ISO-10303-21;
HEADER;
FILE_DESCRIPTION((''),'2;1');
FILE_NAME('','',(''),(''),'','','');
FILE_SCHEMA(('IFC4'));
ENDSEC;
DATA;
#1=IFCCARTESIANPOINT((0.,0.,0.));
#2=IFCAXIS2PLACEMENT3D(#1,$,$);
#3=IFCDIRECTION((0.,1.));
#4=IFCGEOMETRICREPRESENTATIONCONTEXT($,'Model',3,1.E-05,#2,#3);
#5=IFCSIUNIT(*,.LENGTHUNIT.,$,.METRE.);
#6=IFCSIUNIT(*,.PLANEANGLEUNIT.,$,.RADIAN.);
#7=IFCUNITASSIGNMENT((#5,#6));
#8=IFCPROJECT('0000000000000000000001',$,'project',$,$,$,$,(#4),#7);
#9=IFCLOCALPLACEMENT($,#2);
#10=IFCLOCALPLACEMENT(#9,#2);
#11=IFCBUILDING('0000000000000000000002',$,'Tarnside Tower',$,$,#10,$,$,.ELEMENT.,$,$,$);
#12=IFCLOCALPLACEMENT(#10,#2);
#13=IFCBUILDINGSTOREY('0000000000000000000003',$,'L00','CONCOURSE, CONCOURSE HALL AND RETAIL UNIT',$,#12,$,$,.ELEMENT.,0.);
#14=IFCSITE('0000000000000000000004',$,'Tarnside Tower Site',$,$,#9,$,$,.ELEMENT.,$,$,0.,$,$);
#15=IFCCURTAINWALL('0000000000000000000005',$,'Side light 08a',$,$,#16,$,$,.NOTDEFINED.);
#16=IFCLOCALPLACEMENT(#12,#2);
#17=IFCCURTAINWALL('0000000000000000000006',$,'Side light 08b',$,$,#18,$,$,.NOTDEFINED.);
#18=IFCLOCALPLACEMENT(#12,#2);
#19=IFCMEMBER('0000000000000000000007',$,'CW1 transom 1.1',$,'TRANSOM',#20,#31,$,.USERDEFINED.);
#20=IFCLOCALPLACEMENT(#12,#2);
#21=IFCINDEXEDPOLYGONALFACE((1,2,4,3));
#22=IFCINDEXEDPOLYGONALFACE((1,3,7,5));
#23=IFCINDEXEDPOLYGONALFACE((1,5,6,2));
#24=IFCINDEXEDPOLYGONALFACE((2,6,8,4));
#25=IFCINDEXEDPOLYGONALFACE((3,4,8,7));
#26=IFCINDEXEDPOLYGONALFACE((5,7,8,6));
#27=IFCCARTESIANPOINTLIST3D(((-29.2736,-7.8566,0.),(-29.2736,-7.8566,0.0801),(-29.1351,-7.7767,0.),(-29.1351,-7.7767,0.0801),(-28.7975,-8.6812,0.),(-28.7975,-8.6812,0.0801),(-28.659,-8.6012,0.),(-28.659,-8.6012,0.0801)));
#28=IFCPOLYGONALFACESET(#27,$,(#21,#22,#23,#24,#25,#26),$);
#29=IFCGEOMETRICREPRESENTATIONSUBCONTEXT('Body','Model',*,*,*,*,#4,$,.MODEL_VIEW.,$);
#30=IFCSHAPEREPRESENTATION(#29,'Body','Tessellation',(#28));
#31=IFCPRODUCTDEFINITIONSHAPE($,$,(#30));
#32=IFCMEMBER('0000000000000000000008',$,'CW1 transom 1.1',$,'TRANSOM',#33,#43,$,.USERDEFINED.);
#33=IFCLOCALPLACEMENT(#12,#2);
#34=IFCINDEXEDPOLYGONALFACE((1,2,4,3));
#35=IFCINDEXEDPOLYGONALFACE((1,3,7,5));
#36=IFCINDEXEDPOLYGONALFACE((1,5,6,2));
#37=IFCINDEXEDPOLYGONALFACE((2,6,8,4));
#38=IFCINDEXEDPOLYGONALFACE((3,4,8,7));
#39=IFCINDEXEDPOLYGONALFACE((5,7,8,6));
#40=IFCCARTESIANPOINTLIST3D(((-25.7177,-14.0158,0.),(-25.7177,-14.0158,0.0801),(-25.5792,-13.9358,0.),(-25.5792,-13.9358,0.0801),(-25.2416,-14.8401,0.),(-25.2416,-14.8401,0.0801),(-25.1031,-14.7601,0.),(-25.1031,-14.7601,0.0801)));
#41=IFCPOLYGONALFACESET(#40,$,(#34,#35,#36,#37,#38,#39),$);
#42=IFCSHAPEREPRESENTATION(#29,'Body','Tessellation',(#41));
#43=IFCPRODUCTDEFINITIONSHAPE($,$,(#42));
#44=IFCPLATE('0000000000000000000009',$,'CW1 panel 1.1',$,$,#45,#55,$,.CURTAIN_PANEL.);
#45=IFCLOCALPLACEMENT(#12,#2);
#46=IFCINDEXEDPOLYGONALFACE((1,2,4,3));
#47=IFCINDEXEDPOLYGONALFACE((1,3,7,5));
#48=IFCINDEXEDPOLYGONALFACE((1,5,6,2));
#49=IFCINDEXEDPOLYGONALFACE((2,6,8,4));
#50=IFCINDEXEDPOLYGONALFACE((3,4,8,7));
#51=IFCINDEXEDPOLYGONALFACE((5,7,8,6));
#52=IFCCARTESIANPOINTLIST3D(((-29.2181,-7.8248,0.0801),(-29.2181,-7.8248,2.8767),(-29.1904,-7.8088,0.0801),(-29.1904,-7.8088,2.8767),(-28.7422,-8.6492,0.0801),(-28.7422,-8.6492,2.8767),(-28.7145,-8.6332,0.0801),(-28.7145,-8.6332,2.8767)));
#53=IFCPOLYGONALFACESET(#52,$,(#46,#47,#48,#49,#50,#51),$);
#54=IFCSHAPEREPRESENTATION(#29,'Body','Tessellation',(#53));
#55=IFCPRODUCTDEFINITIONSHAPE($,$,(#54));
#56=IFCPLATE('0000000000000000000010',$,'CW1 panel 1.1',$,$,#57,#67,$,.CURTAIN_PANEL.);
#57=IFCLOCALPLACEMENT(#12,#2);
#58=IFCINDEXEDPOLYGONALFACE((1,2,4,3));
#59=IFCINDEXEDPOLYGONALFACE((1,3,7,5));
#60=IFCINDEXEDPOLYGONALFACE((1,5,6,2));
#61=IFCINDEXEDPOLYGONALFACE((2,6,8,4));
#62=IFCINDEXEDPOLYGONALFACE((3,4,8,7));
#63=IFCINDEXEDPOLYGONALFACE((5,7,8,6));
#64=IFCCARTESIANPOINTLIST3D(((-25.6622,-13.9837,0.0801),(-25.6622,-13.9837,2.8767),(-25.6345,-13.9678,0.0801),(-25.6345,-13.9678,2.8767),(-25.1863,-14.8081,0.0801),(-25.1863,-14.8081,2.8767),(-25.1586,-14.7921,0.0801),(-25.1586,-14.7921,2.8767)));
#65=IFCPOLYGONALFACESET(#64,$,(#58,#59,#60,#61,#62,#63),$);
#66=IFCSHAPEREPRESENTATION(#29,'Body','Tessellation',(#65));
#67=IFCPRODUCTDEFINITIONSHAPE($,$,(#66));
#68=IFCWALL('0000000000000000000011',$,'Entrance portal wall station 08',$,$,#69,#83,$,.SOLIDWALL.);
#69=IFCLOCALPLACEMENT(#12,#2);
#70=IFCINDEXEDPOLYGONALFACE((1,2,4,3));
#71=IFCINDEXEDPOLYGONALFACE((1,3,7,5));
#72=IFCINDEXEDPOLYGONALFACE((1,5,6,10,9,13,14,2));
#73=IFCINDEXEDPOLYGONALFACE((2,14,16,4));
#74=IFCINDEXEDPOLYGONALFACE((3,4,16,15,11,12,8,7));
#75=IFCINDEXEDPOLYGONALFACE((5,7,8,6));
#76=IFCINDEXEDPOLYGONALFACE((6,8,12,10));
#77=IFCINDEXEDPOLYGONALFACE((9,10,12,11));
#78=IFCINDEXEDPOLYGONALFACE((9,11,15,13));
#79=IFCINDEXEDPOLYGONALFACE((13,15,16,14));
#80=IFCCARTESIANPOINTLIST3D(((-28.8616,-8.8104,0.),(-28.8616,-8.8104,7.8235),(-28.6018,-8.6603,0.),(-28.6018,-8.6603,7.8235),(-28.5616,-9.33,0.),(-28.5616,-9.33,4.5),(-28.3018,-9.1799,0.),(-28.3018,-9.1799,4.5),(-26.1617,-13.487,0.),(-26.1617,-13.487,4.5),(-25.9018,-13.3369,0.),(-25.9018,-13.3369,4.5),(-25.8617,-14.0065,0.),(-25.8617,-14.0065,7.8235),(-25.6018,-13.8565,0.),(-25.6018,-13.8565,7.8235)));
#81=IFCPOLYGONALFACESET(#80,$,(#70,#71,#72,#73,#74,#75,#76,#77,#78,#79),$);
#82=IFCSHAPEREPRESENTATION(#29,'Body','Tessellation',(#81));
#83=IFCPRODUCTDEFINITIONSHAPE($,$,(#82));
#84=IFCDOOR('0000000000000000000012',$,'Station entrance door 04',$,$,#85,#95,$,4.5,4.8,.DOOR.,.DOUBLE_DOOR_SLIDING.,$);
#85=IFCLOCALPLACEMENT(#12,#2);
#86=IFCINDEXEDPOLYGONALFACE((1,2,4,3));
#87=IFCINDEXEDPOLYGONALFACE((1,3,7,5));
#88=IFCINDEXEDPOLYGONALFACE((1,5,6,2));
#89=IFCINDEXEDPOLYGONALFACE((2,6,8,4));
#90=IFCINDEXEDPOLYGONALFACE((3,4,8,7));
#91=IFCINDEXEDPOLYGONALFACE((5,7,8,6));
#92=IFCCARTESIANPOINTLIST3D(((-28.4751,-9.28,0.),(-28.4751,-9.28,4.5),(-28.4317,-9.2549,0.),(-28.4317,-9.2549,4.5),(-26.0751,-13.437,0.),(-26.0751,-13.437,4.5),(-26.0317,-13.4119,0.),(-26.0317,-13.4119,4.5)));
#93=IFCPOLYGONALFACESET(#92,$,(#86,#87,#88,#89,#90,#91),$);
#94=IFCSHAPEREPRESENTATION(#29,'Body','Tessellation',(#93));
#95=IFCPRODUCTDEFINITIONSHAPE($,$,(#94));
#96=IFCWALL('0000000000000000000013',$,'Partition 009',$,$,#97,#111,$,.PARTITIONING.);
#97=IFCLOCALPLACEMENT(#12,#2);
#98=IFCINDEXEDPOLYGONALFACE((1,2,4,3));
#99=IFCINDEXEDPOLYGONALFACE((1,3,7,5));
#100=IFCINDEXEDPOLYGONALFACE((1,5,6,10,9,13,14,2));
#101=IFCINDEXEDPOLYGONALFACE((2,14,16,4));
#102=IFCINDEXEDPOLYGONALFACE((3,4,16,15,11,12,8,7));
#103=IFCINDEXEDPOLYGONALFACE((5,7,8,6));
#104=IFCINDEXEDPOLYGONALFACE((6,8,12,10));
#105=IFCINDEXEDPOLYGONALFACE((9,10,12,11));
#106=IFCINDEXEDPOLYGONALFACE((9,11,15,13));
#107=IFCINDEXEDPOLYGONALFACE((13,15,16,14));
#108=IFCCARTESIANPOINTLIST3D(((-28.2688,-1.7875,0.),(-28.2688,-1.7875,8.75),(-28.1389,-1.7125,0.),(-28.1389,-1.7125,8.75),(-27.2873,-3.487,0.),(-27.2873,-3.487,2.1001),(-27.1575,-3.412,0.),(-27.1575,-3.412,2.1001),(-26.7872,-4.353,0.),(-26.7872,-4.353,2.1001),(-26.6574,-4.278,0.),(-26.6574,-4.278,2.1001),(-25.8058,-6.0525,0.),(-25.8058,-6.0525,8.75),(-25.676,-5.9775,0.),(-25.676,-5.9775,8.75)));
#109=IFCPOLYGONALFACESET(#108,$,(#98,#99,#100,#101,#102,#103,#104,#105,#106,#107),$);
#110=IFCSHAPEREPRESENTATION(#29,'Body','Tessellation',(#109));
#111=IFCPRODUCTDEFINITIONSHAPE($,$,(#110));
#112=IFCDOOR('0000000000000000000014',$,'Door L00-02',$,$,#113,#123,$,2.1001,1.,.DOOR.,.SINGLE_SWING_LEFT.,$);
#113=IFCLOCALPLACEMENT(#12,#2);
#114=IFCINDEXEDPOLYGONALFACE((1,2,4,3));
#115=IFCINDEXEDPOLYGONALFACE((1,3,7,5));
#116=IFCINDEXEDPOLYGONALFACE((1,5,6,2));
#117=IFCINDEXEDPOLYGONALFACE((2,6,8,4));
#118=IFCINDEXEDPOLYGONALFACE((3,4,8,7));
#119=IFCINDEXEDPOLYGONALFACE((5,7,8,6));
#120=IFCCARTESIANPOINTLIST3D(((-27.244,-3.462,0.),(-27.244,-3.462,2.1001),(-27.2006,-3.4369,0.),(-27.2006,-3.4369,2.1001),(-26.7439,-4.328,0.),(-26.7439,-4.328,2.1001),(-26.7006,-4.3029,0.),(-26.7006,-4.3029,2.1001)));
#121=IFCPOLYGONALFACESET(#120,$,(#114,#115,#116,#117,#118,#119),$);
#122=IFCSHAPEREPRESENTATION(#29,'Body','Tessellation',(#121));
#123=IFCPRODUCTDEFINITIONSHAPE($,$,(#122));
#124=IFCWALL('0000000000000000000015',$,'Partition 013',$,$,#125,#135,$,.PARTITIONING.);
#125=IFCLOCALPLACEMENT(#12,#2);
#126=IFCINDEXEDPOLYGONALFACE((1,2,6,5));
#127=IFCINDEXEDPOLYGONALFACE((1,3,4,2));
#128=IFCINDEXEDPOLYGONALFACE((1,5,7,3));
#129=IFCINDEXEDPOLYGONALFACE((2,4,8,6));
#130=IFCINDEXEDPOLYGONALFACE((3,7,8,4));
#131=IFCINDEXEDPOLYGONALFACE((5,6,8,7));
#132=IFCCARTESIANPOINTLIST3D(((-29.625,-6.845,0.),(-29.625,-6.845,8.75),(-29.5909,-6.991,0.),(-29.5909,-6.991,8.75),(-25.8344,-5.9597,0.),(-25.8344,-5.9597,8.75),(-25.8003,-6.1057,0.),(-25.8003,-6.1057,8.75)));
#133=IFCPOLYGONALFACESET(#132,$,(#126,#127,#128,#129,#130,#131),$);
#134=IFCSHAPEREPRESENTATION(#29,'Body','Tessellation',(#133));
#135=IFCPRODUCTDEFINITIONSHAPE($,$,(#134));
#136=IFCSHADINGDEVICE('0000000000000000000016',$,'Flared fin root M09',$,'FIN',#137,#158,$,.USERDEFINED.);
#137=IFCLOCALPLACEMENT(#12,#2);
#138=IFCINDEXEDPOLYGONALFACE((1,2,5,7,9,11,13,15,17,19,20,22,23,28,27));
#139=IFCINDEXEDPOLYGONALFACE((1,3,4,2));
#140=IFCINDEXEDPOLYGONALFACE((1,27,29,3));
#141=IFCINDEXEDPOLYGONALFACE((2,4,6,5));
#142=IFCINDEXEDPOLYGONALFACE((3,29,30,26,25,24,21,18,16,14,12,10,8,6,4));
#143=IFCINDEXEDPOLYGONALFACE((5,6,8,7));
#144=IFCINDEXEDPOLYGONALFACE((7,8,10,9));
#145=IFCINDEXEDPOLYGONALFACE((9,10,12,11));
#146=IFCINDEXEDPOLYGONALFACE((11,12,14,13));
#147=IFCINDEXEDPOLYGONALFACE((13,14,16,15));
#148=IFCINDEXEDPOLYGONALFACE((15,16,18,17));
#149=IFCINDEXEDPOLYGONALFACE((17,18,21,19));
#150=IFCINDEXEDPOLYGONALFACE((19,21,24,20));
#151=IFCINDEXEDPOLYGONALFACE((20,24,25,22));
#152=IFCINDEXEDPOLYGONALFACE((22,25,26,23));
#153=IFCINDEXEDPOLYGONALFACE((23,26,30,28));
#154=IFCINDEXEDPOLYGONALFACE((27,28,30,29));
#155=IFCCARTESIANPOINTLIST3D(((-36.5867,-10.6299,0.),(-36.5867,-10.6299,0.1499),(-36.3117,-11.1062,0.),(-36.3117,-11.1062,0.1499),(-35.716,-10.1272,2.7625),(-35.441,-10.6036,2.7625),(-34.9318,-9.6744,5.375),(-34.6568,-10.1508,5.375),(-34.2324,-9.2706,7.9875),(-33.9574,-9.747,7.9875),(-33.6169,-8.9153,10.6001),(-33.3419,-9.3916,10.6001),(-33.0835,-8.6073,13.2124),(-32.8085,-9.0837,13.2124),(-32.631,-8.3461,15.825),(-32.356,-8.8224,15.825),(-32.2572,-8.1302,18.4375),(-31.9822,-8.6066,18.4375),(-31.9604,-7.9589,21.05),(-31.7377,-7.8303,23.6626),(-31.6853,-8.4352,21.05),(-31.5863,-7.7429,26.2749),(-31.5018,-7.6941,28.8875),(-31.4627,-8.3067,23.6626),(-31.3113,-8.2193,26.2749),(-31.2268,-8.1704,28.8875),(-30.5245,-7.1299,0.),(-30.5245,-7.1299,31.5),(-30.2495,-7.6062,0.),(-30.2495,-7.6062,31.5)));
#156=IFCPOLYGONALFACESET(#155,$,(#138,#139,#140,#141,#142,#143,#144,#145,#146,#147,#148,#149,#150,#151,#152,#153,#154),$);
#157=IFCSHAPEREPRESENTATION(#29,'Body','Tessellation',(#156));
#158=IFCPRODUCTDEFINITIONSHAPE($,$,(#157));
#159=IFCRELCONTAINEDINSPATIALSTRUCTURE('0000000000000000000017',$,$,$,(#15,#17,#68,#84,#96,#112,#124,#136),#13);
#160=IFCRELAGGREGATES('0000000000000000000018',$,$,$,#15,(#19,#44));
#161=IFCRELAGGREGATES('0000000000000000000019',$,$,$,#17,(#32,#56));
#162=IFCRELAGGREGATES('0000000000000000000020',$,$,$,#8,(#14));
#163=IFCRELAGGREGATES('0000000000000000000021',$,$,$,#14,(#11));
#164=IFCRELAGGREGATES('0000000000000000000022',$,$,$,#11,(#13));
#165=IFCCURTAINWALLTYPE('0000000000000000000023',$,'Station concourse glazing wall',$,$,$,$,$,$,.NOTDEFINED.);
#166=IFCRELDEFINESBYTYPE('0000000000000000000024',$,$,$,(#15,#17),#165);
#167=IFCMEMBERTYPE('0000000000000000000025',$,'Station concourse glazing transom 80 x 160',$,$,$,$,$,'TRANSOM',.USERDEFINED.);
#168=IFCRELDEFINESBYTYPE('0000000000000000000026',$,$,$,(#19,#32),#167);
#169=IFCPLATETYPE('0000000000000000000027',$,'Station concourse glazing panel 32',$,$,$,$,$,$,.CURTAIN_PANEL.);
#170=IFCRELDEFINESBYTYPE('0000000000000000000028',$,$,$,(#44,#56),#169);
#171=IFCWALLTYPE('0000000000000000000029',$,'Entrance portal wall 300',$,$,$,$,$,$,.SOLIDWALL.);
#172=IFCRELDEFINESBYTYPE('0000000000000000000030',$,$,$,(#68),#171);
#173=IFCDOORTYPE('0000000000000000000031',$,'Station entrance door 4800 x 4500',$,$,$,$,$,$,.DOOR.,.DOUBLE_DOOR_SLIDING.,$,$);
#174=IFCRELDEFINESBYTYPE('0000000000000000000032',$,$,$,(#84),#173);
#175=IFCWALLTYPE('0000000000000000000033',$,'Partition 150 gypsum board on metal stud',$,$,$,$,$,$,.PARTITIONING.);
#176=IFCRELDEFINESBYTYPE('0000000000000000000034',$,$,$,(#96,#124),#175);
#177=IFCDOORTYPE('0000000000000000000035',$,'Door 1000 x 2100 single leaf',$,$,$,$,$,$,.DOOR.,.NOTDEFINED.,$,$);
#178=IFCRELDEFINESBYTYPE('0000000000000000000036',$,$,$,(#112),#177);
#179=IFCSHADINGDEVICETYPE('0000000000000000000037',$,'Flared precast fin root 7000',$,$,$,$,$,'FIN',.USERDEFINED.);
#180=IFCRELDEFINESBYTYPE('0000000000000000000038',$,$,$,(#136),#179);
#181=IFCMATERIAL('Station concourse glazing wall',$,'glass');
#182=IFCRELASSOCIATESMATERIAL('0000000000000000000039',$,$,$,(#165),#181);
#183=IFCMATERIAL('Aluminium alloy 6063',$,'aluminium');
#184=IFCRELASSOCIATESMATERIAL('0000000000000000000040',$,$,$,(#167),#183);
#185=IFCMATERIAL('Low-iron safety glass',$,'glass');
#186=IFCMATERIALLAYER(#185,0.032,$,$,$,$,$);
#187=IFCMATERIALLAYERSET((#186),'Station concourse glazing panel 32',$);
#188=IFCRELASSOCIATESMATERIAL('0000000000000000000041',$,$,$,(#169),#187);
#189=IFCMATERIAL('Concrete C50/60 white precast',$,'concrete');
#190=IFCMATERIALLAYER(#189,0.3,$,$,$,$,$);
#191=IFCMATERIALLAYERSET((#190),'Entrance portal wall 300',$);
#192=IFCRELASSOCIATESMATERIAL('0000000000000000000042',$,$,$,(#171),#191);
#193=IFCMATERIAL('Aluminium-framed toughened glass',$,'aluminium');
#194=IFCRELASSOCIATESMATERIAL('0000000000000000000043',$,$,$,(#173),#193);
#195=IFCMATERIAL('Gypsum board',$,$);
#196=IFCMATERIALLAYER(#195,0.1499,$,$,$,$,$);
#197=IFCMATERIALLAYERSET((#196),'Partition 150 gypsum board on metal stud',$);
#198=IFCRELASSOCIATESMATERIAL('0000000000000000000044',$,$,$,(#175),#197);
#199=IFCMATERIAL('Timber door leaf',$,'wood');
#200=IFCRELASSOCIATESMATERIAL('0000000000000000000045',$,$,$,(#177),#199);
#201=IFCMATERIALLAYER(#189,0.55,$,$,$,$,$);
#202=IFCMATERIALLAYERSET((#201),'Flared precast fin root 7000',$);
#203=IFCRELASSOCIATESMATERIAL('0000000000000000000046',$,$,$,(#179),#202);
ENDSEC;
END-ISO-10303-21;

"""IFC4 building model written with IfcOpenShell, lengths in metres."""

from ifc_helpers import new_model, si_unit, direction, frame, frame_2d, origin, origin_2d, place, context, subcontext, project, spatial, polyline, rectangle, outline, extrude, material, layer, layer_set, material_profile, profile_set, type_object, element, fill, aggregate, save


model = new_model("IFC4")

# Units and contexts
model_context = context("Model", 3, precision=1e-05, world=origin(), true_north=direction((0.0, 1.0)))
body_context = subcontext(model_context, "Body", "Model", "MODEL_VIEW")
ifc_project = project(units=[si_unit("LENGTHUNIT", "METRE"), si_unit("PLANEANGLEUNIT", "RADIAN")], contexts=[model_context])

# Site, building, storey
site_placement = place(None, origin())
site = spatial("IfcSite", under=ifc_project, at=site_placement, Name="Tarnside Tower Site", CompositionType="ELEMENT", RefElevation=0.0)
building_placement = place(site_placement, origin())
building = spatial("IfcBuilding", under=site, at=building_placement, Name="Tarnside Tower", CompositionType="ELEMENT")
storey_placement = place(building_placement, origin())
storey = spatial("IfcBuildingStorey", under=building, at=storey_placement, Name="L00", Description="CONCOURSE, CONCOURSE HALL AND RETAIL UNIT", CompositionType="ELEMENT", Elevation=0.0)

# Shared definitions
ifc_material_1 = material(Name="Station concourse glazing wall", Category="glass")
curtain_wall_type = type_object("IfcCurtainWallType", Name="Station concourse glazing wall", PredefinedType="NOTDEFINED", material=ifc_material_1)
ifc_material_2 = material(Name="Aluminium alloy 6063", Category="aluminium")

# Curtain wall
curtain_wall_1_placement = place(storey_placement, origin())
curtain_wall_1 = element("IfcCurtainWall", 1, at=curtain_wall_1_placement, inside=storey, type_object=curtain_wall_type, Name="Side light 08a", PredefinedType="NOTDEFINED")

# Curtain wall
curtain_wall_2_placement = place(storey_placement, origin())
curtain_wall_2 = element("IfcCurtainWall", 2, at=curtain_wall_2_placement, inside=storey, type_object=curtain_wall_type, Name="Side light 08b", PredefinedType="NOTDEFINED")

# Members
ifc_material_profile_1 = material_profile(ifc_material_2, rectangle(XDim=0.1599, YDim=0.0801, at=origin_2d()), Name="Station concourse glazing transom 80 x 160")
ifc_profile_set_1 = profile_set([ifc_material_profile_1], Name="Aluminium alloy 6063")
member_type_1 = type_object("IfcMemberType", Name="Station concourse glazing transom 80 x 160", ElementType="TRANSOM", PredefinedType="USERDEFINED", material=ifc_profile_set_1)
member_1_placement = place(storey_placement, frame((-29.2043, -7.8167, 0.04), z_axis=(0.500055, -0.865993, 0.0), x_axis=(0.865993, 0.500055, 0.0)))
member_1 = element("IfcMember", 3, at=member_1_placement, type_object=member_type_1, Name="CW1 transom 1.1", ObjectType="TRANSOM", PredefinedType="USERDEFINED", context=body_context, shape_type="SweptSolid", body=[
    extrude(rectangle(XDim=0.1599, YDim=0.0801, at=origin_2d()), origin(), (0.0, 0.0, 1.0), 0.9521),
])
member_2_placement = place(storey_placement, frame((-25.6484, -13.9758, 0.04), z_axis=(0.500166, -0.865929, 0.0), x_axis=(0.865929, 0.500166, 0.0)))
member_2 = element("IfcMember", 4, at=member_2_placement, type_object=member_type_1, Name="CW1 transom 1.1", ObjectType="TRANSOM", PredefinedType="USERDEFINED", context=body_context, shape_type="SweptSolid", body=[
    extrude(rectangle(XDim=0.1599, YDim=0.0801, at=origin_2d()), origin(), (0.0, 0.0, 1.0), 0.9519),
])

# Plates
ifc_material_3 = material(Name="Low-iron safety glass", Category="glass")
ifc_layer_1 = layer(ifc_material_3, 0.032)
ifc_layer_set_1 = layer_set([ifc_layer_1], Name="Station concourse glazing panel 32")
plate_type = type_object("IfcPlateType", Name="Station concourse glazing panel 32", PredefinedType="CURTAIN_PANEL", material=ifc_layer_set_1)
plate_1_placement = place(storey_placement, frame((-28.9663, -8.229, 0.0801), z_axis=(0.0, 0.0, 1.0), x_axis=(0.5, -0.866025, 0.0)))
plate_1 = element("IfcPlate", 5, at=plate_1_placement, type_object=plate_type, Name="CW1 panel 1.1", PredefinedType="CURTAIN_PANEL", context=body_context, shape_type="SweptSolid", body=[
    extrude(rectangle(XDim=0.9519, YDim=0.032, at=origin_2d()), origin(), (0.0, 0.0, 1.0), 2.7966),
])
aggregate(curtain_wall_1, [member_1, plate_1])
plate_2_placement = place(storey_placement, frame((-25.4104, -14.3879, 0.0801), z_axis=(0.0, 0.0, 1.0), x_axis=(0.5, -0.866025, 0.0)))
plate_2 = element("IfcPlate", 6, at=plate_2_placement, type_object=plate_type, Name="CW1 panel 1.1", PredefinedType="CURTAIN_PANEL", context=body_context, shape_type="SweptSolid", body=[
    extrude(rectangle(XDim=0.9519, YDim=0.032, at=origin_2d()), origin(), (0.0, 0.0, 1.0), 2.7966),
])
aggregate(curtain_wall_2, [member_2, plate_2])

# Walls, openings, doors
ifc_material_4 = material(Name="Concrete C50/60 white precast", Category="concrete")
ifc_layer_2 = layer(ifc_material_4, 0.3)
ifc_layer_set_2 = layer_set([ifc_layer_2], Name="Entrance portal wall 300")
wall_type_1 = type_object("IfcWallType", Name="Entrance portal wall 300", PredefinedType="SOLIDWALL", material=ifc_layer_set_2)
wall_1_placement = place(storey_placement, frame((-28.7317, -8.7354, 0.0), z_axis=(0.0, 0.0, 1.0), x_axis=(0.49999, -0.866031, 0.0)))
wall_1 = element("IfcWall", 7, at=wall_1_placement, inside=storey, type_object=wall_type_1, Name="Entrance portal wall station 08", PredefinedType="SOLIDWALL", context=body_context, shape_type="SweptSolid", body=[
    extrude(rectangle(XDim=6.0, YDim=0.3, at=frame_2d((3.0, 0.0))), origin(), (0.0, 0.0, 1.0), 7.8235),
])
opening_1_placement = place(wall_1_placement, frame((0.6001, 0.0, 0.0)))
opening_1 = element("IfcOpeningElement", 8, at=opening_1_placement, cuts=wall_1, PredefinedType="OPENING", context=body_context, shape_type="SweptSolid", body=[
    extrude(rectangle(XDim=4.8, YDim=4.5, at=frame_2d((2.3999, 2.25))), frame((0.0, 0.1602, 0.0), z_axis=(0.0, -1.0, 0.0), x_axis=(1.0, 0.0, 0.0)), (0.0, 0.0, 1.0), 0.3201),
])
ifc_material_5 = material(Name="Aluminium-framed toughened glass", Category="aluminium")
door_type_1 = type_object("IfcDoorType", Name="Station entrance door 4800 x 4500", OperationType="DOUBLE_DOOR_SLIDING", PredefinedType="DOOR", material=ifc_material_5)
door_1_placement = place(opening_1_placement, frame((0.0, -0.0249, 0.0)))
door_1 = element("IfcDoor", 9, at=door_1_placement, inside=storey, type_object=door_type_1, Name="Station entrance door 04", OperationType="DOUBLE_DOOR_SLIDING", OverallHeight=4.5, OverallWidth=4.8, PredefinedType="DOOR", context=body_context, shape_type="SweptSolid", body=[
    extrude(rectangle(XDim=4.8, YDim=4.5, at=frame_2d((2.3999, 2.25))), frame((0.0, 0.0249, 0.0), z_axis=(0.0, -1.0, 0.0), x_axis=(1.0, 0.0, 0.0)), (0.0, 0.0, 1.0), 0.05),
])
fill(opening_1, door_1)
ifc_material_6 = material(Name="Gypsum board")
ifc_layer_3 = layer(ifc_material_6, 0.1499)
ifc_layer_set_3 = layer_set([ifc_layer_3], Name="Partition 150 gypsum board on metal stud")
wall_type_2 = type_object("IfcWallType", Name="Partition 150 gypsum board on metal stud", PredefinedType="PARTITIONING", material=ifc_layer_set_3)
wall_2_placement = place(storey_placement, frame((-25.741, -6.0149, 0.0), z_axis=(0.0, 0.0, 1.0), x_axis=(-0.500084, 0.865977, 0.0)))
wall_2 = element("IfcWall", 10, at=wall_2_placement, inside=storey, type_object=wall_type_2, Name="Partition 009", PredefinedType="PARTITIONING", context=body_context, shape_type="SweptSolid", body=[
    extrude(rectangle(XDim=4.925, YDim=0.1499, at=frame_2d((2.4624, 0.0))), origin(), (0.0, 0.0, 1.0), 8.75),
])
opening_2_placement = place(wall_2_placement, frame((1.9624, 0.0, 0.0)))
opening_2 = element("IfcOpeningElement", 11, at=opening_2_placement, cuts=wall_2, PredefinedType="OPENING", context=body_context, shape_type="SweptSolid", body=[
    extrude(rectangle(XDim=1.0, YDim=2.1001, at=frame_2d((0.5, 1.05))), frame((0.0, 0.085, 0.0), z_axis=(0.0, -1.0, 0.0), x_axis=(1.0, 0.0, 0.0)), (0.0, 0.0, 1.0), 0.1699),
])
ifc_material_7 = material(Name="Timber door leaf", Category="wood")
door_type_2 = type_object("IfcDoorType", Name="Door 1000 x 2100 single leaf", OperationType="NOTDEFINED", PredefinedType="DOOR", material=ifc_material_7)
door_2_placement = place(opening_2_placement, origin())
door_2 = element("IfcDoor", 12, at=door_2_placement, inside=storey, type_object=door_type_2, Name="Door L00-02", OperationType="SINGLE_SWING_LEFT", OverallHeight=2.1001, OverallWidth=1.0, PredefinedType="DOOR", context=body_context, shape_type="SweptSolid", body=[
    extrude(rectangle(XDim=1.0, YDim=2.1001, at=frame_2d((0.5, 1.05))), frame((0.0, 0.0249, 0.0), z_axis=(0.0, -1.0, 0.0), x_axis=(1.0, 0.0, 0.0)), (0.0, 0.0, 1.0), 0.05),
])
fill(opening_2, door_2)

# Wall
wall_3_placement = place(storey_placement, frame((-25.8174, -6.0327, 0.0), z_axis=(0.0, 0.0, 1.0), x_axis=(-0.973796, -0.227424, 0.0)))
element("IfcWall", 13, at=wall_3_placement, inside=storey, type_object=wall_type_2, Name="Partition 013", PredefinedType="PARTITIONING", context=body_context, shape_type="SweptSolid", body=[
    extrude(rectangle(XDim=3.8926, YDim=0.1499, at=frame_2d((1.9463, 0.0))), origin(), (0.0, 0.0, 1.0), 8.75),
])

# Shading device
ifc_layer_4 = layer(ifc_material_4, 0.55)
ifc_layer_set_4 = layer_set([ifc_layer_4], Name="Flared precast fin root 7000")
shading_device_type = type_object("IfcShadingDeviceType", Name="Flared precast fin root 7000", ElementType="FIN", PredefinedType="USERDEFINED", material=ifc_layer_set_4)
shading_device_placement = place(storey_placement, frame((-30.387, -7.3682, 0.0), z_axis=(-0.5, 0.866025, 0.0), x_axis=(-0.866025, -0.5, 0.0)))
element("IfcShadingDevice", 14, at=shading_device_placement, inside=storey, type_object=shading_device_type, Name="Flared fin root M09", ObjectType="FIN", PredefinedType="USERDEFINED", context=body_context, shape_type="SweptSolid", body=[
    extrude(outline(polyline([(0.0, 0.0), (7.0, 0.0), (7.0, 0.1499), (5.9946, 2.7625), (5.0891, 5.375), (4.2815, 7.9875), (3.5708, 10.6001), (2.9548, 13.2124), (2.4324, 15.825), (2.0007, 18.4375), (1.658, 21.05), (1.4009, 23.6626), (1.2261, 26.2749), (1.1284, 28.8875), (0.0, 31.5), (0.0, 0.0)])), frame((0.0, 0.0, -0.2749)), (0.0, 0.0, 1.0), 0.55),
])

save(model, "model.ifc")
